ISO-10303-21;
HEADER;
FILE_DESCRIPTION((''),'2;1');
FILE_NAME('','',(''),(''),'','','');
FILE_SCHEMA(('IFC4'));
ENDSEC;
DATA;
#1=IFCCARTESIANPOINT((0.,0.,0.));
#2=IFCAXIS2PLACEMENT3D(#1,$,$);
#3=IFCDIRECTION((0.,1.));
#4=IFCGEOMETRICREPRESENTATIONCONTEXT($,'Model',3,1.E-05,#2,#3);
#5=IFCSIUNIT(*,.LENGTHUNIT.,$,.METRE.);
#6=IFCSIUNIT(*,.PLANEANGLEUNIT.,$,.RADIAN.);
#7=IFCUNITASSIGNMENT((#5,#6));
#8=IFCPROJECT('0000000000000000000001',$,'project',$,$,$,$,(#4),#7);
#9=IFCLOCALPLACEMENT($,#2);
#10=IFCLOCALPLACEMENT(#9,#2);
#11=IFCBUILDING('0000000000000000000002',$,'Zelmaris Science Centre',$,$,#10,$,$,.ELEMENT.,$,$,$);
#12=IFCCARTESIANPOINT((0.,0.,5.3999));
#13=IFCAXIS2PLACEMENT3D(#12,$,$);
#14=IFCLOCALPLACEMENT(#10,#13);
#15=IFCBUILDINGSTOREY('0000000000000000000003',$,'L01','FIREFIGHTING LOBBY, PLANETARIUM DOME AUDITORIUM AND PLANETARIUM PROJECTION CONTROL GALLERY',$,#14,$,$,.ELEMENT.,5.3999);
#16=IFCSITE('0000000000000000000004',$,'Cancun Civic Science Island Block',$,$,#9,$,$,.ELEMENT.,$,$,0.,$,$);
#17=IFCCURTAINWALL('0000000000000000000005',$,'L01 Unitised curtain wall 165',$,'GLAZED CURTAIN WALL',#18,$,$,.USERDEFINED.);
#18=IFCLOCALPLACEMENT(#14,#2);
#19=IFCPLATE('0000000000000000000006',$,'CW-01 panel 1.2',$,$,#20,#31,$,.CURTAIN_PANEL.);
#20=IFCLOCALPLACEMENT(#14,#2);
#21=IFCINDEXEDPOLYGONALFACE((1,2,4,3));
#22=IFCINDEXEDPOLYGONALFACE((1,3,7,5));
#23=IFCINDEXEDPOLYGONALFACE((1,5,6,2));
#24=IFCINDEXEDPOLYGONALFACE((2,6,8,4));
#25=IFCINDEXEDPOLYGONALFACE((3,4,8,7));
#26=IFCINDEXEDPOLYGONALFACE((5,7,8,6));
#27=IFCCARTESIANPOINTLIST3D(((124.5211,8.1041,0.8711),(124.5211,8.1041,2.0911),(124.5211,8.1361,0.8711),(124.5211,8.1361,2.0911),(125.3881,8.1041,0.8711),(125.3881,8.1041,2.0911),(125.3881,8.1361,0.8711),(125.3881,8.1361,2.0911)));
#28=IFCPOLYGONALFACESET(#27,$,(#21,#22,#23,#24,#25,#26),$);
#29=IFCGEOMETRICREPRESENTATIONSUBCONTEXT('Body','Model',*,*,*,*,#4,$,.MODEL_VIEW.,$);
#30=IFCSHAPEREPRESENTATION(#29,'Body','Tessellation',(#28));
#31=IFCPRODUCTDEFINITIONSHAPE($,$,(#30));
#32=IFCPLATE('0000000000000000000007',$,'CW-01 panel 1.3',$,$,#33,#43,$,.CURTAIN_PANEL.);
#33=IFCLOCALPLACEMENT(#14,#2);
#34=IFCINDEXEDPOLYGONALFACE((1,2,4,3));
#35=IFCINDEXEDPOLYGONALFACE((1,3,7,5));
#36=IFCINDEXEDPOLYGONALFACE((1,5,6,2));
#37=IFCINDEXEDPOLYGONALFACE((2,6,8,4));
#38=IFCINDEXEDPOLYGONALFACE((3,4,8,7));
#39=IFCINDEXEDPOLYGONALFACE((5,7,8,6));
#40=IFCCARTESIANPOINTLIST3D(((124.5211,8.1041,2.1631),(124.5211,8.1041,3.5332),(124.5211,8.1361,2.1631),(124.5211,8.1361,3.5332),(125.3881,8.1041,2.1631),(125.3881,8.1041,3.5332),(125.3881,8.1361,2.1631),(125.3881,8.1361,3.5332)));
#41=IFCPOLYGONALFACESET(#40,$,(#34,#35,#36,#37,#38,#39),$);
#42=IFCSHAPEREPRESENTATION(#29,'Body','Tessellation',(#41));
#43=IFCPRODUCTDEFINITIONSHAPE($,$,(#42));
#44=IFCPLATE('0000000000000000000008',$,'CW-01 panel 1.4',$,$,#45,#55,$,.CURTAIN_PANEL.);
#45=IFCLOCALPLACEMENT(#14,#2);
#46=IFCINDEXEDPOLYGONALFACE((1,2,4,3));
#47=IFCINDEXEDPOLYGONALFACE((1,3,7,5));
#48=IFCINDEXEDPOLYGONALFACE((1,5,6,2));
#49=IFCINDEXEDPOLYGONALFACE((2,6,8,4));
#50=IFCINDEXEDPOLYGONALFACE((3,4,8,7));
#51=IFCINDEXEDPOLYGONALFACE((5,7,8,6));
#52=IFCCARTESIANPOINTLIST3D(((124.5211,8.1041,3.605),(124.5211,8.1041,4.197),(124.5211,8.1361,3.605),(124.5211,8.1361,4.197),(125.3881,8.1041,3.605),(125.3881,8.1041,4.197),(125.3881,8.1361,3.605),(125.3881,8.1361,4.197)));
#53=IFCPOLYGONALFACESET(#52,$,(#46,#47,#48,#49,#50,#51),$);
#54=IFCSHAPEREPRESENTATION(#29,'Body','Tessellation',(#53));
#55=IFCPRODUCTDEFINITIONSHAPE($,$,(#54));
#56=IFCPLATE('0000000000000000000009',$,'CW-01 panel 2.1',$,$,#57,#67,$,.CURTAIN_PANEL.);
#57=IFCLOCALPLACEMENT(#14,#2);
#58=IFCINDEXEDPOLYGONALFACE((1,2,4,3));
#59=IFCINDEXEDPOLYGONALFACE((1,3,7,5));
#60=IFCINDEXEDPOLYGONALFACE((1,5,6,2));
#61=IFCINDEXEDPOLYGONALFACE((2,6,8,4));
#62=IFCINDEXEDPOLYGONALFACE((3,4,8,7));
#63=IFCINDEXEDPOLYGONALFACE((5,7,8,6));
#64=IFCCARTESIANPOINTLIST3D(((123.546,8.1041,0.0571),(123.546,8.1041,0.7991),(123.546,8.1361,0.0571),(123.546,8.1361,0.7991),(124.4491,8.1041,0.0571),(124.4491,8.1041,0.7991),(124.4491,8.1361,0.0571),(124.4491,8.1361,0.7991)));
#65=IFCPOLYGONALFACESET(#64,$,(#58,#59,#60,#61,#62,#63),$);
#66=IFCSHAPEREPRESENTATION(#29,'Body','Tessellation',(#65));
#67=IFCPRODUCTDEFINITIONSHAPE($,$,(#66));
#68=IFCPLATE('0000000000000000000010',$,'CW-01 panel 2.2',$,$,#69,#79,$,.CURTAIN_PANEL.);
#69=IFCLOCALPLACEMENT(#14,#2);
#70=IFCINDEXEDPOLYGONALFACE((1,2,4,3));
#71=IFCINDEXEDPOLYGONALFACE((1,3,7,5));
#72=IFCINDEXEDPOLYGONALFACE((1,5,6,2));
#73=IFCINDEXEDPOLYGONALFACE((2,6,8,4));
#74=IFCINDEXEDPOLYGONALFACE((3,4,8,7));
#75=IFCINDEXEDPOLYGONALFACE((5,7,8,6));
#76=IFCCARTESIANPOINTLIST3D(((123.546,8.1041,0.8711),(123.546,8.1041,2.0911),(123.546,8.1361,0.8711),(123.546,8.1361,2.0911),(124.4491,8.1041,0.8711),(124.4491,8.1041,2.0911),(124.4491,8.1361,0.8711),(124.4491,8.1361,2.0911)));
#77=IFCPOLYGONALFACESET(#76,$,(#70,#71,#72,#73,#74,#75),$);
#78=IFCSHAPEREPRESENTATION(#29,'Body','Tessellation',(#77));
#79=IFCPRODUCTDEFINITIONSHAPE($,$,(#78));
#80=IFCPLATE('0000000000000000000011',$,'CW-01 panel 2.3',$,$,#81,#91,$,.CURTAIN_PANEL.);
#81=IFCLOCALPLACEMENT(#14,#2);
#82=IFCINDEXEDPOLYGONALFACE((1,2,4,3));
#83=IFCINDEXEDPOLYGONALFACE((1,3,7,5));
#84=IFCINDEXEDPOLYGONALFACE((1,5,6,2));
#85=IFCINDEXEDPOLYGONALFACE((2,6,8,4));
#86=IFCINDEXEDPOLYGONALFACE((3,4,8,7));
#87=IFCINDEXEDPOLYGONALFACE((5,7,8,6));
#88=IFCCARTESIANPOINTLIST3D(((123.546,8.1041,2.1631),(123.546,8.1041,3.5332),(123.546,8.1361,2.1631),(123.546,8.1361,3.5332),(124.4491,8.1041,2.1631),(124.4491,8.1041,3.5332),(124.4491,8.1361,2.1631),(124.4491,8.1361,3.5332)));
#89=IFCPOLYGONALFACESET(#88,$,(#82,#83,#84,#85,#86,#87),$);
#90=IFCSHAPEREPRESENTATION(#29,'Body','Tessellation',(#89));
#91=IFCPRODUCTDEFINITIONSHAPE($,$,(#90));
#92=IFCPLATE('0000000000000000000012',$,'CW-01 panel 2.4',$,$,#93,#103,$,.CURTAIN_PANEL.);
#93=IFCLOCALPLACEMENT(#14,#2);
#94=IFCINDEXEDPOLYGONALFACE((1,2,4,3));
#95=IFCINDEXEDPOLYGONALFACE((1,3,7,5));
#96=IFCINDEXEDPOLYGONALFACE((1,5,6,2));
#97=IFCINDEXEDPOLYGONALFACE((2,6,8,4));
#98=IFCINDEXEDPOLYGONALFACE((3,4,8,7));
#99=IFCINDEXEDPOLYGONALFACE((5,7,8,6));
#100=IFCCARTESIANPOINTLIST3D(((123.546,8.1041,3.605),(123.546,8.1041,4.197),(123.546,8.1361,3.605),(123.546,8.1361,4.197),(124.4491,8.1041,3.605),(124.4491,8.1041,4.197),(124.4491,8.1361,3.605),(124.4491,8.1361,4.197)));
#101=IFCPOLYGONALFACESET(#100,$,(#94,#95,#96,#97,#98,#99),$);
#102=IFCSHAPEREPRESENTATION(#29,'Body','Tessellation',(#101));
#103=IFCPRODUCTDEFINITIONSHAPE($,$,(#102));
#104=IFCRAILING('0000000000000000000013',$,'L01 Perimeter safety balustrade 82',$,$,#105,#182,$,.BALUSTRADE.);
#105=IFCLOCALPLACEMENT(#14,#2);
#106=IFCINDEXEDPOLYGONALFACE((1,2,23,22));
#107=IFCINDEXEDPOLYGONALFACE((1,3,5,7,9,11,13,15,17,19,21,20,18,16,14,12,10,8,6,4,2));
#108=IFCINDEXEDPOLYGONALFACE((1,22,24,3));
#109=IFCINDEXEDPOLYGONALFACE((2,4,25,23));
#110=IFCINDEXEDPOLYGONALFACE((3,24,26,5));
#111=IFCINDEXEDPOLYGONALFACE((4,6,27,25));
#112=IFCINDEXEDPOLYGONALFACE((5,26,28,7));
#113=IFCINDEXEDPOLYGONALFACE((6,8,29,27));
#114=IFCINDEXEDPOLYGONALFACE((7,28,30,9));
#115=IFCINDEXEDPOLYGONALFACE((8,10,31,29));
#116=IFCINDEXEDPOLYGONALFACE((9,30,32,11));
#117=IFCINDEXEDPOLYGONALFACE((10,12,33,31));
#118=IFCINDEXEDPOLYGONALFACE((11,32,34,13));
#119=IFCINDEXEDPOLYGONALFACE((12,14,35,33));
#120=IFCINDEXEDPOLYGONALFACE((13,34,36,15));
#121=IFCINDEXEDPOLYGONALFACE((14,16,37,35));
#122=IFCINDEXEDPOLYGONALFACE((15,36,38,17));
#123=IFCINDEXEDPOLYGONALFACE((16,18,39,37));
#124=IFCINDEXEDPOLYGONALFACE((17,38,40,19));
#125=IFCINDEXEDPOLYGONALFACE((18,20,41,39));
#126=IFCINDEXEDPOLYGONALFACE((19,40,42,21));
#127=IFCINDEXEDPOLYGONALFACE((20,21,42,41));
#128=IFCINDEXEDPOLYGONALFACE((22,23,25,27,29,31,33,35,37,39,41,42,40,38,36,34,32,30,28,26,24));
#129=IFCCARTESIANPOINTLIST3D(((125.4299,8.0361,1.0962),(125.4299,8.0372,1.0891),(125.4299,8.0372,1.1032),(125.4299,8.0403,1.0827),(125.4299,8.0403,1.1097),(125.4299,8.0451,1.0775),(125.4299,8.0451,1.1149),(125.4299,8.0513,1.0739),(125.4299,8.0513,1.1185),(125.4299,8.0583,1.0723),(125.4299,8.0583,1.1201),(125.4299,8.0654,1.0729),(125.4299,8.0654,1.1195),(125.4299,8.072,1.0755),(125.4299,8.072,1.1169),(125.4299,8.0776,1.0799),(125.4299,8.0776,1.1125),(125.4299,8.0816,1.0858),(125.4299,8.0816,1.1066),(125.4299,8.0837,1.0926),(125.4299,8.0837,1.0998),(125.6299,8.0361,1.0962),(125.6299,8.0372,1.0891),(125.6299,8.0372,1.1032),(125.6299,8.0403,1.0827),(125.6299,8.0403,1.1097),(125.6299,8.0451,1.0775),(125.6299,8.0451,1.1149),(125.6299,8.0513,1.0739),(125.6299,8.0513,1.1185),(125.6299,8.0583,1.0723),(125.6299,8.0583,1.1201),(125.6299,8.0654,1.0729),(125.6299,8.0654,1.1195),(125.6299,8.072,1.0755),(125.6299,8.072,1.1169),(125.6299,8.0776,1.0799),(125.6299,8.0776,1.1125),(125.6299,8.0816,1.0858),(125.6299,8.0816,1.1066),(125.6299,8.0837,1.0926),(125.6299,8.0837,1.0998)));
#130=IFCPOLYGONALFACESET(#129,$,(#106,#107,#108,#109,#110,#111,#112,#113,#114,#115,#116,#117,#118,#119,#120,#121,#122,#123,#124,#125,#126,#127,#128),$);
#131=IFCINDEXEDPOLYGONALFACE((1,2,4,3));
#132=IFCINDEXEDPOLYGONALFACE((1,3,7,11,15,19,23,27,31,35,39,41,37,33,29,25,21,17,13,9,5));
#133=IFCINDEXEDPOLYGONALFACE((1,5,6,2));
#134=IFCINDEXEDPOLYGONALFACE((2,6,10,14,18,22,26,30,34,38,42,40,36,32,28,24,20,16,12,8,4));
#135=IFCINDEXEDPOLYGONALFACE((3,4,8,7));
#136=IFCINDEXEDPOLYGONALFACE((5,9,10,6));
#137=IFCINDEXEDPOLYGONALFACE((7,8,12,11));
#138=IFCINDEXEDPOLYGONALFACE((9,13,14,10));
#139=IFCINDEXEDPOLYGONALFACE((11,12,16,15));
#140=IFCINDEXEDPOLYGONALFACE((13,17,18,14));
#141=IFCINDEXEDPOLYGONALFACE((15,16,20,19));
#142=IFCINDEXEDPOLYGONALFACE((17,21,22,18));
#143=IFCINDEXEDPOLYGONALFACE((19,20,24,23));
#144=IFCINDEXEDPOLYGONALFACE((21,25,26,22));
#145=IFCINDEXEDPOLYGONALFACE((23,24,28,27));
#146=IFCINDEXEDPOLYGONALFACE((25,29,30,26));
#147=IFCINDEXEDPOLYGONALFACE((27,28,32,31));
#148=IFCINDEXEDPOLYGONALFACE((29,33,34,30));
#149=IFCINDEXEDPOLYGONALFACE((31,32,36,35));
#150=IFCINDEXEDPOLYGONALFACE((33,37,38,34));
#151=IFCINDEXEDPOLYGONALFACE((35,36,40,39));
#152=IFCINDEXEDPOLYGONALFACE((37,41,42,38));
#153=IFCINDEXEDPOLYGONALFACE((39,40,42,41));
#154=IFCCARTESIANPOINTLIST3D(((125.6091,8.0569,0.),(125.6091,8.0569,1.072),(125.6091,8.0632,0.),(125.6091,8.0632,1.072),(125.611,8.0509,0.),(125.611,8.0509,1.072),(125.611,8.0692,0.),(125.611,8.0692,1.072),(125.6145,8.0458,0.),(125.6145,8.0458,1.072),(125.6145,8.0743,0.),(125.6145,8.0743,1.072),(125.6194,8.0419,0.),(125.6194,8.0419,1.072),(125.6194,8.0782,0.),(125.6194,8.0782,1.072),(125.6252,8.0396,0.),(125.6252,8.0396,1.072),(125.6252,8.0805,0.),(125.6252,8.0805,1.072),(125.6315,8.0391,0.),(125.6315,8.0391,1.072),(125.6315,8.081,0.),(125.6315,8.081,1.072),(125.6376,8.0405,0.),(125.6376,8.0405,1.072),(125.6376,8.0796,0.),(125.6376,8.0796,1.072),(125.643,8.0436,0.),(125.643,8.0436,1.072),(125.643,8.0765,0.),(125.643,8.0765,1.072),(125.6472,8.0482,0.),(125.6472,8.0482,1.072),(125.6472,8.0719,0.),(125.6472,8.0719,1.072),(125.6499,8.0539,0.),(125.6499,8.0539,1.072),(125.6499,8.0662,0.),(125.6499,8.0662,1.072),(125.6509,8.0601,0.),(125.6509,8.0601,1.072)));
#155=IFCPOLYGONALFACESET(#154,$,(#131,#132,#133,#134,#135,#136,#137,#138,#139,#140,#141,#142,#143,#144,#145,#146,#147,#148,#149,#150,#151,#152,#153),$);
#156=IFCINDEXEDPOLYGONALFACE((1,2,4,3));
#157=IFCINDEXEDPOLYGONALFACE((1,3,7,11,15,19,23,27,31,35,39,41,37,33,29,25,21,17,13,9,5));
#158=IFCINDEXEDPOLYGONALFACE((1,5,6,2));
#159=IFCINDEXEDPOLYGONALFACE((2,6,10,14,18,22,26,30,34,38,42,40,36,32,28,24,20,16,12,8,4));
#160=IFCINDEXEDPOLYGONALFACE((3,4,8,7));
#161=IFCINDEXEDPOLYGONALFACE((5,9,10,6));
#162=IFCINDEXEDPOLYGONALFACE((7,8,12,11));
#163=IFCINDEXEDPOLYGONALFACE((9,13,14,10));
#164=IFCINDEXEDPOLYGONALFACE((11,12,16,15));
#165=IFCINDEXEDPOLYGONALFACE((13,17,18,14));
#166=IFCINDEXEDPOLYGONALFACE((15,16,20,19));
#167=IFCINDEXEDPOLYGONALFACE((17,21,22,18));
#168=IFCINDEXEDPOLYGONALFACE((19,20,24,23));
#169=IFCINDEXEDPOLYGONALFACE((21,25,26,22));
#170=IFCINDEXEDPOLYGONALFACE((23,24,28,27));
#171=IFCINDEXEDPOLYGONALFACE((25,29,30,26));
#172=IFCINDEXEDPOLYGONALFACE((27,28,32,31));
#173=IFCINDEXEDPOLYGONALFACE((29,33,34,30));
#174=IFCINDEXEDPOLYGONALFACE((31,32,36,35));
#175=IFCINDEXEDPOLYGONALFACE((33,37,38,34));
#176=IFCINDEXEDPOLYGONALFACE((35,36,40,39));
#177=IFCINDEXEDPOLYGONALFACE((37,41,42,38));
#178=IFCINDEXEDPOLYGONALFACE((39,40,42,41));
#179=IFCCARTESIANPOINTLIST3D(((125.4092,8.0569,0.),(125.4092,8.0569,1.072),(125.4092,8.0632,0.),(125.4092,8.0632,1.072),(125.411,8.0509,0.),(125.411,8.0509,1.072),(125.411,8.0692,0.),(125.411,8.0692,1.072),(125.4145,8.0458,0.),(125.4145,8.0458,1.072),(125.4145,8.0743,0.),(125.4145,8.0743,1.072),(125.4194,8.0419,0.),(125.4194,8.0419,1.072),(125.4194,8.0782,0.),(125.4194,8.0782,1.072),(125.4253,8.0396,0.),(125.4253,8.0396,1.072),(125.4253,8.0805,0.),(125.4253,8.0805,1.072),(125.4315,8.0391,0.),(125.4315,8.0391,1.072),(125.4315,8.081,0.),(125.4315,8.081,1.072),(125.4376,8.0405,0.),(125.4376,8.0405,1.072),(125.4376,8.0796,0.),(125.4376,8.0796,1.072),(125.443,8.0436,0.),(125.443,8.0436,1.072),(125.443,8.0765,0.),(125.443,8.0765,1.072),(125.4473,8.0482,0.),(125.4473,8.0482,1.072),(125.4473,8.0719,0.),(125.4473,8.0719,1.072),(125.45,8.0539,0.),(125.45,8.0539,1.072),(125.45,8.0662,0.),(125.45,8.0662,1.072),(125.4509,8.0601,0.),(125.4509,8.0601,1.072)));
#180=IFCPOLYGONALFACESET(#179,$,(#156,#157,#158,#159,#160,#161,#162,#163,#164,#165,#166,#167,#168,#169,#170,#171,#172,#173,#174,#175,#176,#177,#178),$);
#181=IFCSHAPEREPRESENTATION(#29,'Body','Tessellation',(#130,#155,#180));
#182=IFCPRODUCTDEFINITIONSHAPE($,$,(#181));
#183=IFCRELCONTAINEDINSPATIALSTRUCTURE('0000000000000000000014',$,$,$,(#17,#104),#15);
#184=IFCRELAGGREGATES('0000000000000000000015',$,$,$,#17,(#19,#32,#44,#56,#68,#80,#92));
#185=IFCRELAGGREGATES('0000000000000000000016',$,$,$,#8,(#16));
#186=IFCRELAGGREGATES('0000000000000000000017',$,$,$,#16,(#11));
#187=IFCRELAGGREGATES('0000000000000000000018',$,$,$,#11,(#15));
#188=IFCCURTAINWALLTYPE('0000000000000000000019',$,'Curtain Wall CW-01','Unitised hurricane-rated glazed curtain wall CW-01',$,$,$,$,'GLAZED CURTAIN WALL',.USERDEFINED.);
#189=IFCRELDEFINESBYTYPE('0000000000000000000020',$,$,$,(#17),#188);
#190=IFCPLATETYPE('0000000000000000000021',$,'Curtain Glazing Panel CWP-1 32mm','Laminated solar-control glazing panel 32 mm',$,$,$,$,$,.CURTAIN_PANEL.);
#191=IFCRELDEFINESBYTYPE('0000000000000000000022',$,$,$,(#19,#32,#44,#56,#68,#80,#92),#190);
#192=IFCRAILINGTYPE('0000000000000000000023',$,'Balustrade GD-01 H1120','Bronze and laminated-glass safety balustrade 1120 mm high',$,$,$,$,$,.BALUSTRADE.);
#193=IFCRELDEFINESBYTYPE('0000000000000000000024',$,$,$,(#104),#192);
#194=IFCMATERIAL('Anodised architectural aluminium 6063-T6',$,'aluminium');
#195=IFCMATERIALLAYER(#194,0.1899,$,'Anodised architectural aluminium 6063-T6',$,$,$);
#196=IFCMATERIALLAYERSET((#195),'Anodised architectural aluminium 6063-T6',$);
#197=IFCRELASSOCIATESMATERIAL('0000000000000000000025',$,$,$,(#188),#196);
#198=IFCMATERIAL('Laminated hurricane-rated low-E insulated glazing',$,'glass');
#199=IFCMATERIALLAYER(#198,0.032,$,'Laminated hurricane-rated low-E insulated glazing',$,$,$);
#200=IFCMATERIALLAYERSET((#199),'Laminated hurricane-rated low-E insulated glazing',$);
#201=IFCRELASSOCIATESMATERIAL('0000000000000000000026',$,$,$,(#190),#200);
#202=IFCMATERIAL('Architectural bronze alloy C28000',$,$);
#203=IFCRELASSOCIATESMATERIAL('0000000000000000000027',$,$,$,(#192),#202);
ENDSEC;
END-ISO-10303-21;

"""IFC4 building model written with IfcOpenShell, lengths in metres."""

from ifc_helpers import new_model, si_unit, direction, frame, origin, origin_2d, place, context, subcontext, project, spatial, rectangle, circle, extrude, material, layer, layer_set, type_object, element, aggregate, save


model = new_model("IFC4")

# Units and contexts
model_context = context("Model", 3, precision=1e-05, world=origin(), true_north=direction((0.0, 1.0)))
body_context = subcontext(model_context, "Body", "Model", "MODEL_VIEW")
ifc_project = project(units=[si_unit("LENGTHUNIT", "METRE"), si_unit("PLANEANGLEUNIT", "RADIAN")], contexts=[model_context])

# Site, building, storey
site_placement = place(None, origin())
site = spatial("IfcSite", under=ifc_project, at=site_placement, Name="Cancun Civic Science Island Block", CompositionType="ELEMENT", RefElevation=0.0)
building_placement = place(site_placement, origin())
building = spatial("IfcBuilding", under=site, at=building_placement, Name="Zelmaris Science Centre", CompositionType="ELEMENT")
storey_placement = place(building_placement, frame((0.0, 0.0, 5.3999)))
storey = spatial("IfcBuildingStorey", under=building, at=storey_placement, Name="L01", Description="FIREFIGHTING LOBBY, PLANETARIUM DOME AUDITORIUM AND PLANETARIUM PROJECTION CONTROL GALLERY", CompositionType="ELEMENT", Elevation=5.3999)

# Curtain wall
ifc_material_1 = material(Name="Anodised architectural aluminium 6063-T6", Category="aluminium")
ifc_layer_1 = layer(ifc_material_1, 0.1899, Name="Anodised architectural aluminium 6063-T6")
ifc_layer_set_1 = layer_set([ifc_layer_1], Name="Anodised architectural aluminium 6063-T6")
curtain_wall_type = type_object("IfcCurtainWallType", Name="Curtain Wall CW-01", Description="Unitised hurricane-rated glazed curtain wall CW-01", ElementType="GLAZED CURTAIN WALL", PredefinedType="USERDEFINED", material=ifc_layer_set_1)
curtain_wall_placement = place(storey_placement, origin())
curtain_wall = element("IfcCurtainWall", 1, at=curtain_wall_placement, inside=storey, type_object=curtain_wall_type, Name="L01 Unitised curtain wall 165", ObjectType="GLAZED CURTAIN WALL", PredefinedType="USERDEFINED")

# Plates
ifc_material_2 = material(Name="Laminated hurricane-rated low-E insulated glazing", Category="glass")
ifc_layer_2 = layer(ifc_material_2, 0.032, Name="Laminated hurricane-rated low-E insulated glazing")
ifc_layer_set_2 = layer_set([ifc_layer_2], Name="Laminated hurricane-rated low-E insulated glazing")
plate_type = type_object("IfcPlateType", Name="Curtain Glazing Panel CWP-1 32mm", Description="Laminated solar-control glazing panel 32 mm", PredefinedType="CURTAIN_PANEL", material=ifc_layer_set_2)
plate_1_placement = place(storey_placement, frame((124.9546, 8.1201, 0.8711), z_axis=(0.0, 0.0, 1.0), x_axis=(-1.0, 0.0, 0.0)))
plate_1 = element("IfcPlate", 2, at=plate_1_placement, type_object=plate_type, Name="CW-01 panel 1.2", PredefinedType="CURTAIN_PANEL", context=body_context, shape_type="SweptSolid", body=[
    extrude(rectangle(XDim=0.8669, YDim=0.032, at=origin_2d()), origin(), (0.0, 0.0, 1.0), 1.22),
])
plate_2_placement = place(storey_placement, frame((124.9546, 8.1201, 2.1631), z_axis=(0.0, 0.0, 1.0), x_axis=(-1.0, 0.0, 0.0)))
plate_2 = element("IfcPlate", 3, at=plate_2_placement, type_object=plate_type, Name="CW-01 panel 1.3", PredefinedType="CURTAIN_PANEL", context=body_context, shape_type="SweptSolid", body=[
    extrude(rectangle(XDim=0.8669, YDim=0.032, at=origin_2d()), origin(), (0.0, 0.0, 1.0), 1.3701),
])
plate_3_placement = place(storey_placement, frame((124.9546, 8.1201, 3.605), z_axis=(0.0, 0.0, 1.0), x_axis=(-1.0, 0.0, 0.0)))
plate_3 = element("IfcPlate", 4, at=plate_3_placement, type_object=plate_type, Name="CW-01 panel 1.4", PredefinedType="CURTAIN_PANEL", context=body_context, shape_type="SweptSolid", body=[
    extrude(rectangle(XDim=0.8669, YDim=0.032, at=origin_2d()), origin(), (0.0, 0.0, 1.0), 0.592),
])
plate_4_placement = place(storey_placement, frame((123.9976, 8.1201, 0.0571), z_axis=(0.0, 0.0, 1.0), x_axis=(-1.0, 0.0, 0.0)))
plate_4 = element("IfcPlate", 5, at=plate_4_placement, type_object=plate_type, Name="CW-01 panel 2.1", PredefinedType="CURTAIN_PANEL", context=body_context, shape_type="SweptSolid", body=[
    extrude(rectangle(XDim=0.9031, YDim=0.032, at=origin_2d()), origin(), (0.0, 0.0, 1.0), 0.7419),
])
plate_5_placement = place(storey_placement, frame((123.9976, 8.1201, 0.8711), z_axis=(0.0, 0.0, 1.0), x_axis=(-1.0, 0.0, 0.0)))
plate_5 = element("IfcPlate", 6, at=plate_5_placement, type_object=plate_type, Name="CW-01 panel 2.2", PredefinedType="CURTAIN_PANEL", context=body_context, shape_type="SweptSolid", body=[
    extrude(rectangle(XDim=0.9031, YDim=0.032, at=origin_2d()), origin(), (0.0, 0.0, 1.0), 1.22),
])
plate_6_placement = place(storey_placement, frame((123.9976, 8.1201, 2.1631), z_axis=(0.0, 0.0, 1.0), x_axis=(-1.0, 0.0, 0.0)))
plate_6 = element("IfcPlate", 7, at=plate_6_placement, type_object=plate_type, Name="CW-01 panel 2.3", PredefinedType="CURTAIN_PANEL", context=body_context, shape_type="SweptSolid", body=[
    extrude(rectangle(XDim=0.9031, YDim=0.032, at=origin_2d()), origin(), (0.0, 0.0, 1.0), 1.3701),
])
plate_7_placement = place(storey_placement, frame((123.9976, 8.1201, 3.605), z_axis=(0.0, 0.0, 1.0), x_axis=(-1.0, 0.0, 0.0)))
plate_7 = element("IfcPlate", 8, at=plate_7_placement, type_object=plate_type, Name="CW-01 panel 2.4", PredefinedType="CURTAIN_PANEL", context=body_context, shape_type="SweptSolid", body=[
    extrude(rectangle(XDim=0.9031, YDim=0.032, at=origin_2d()), origin(), (0.0, 0.0, 1.0), 0.592),
])
aggregate(curtain_wall, [plate_1, plate_2, plate_3, plate_4, plate_5, plate_6, plate_7])

# Railing
ifc_material_3 = material(Name="Architectural bronze alloy C28000")
railing_type = type_object("IfcRailingType", Name="Balustrade GD-01 H1120", Description="Bronze and laminated-glass safety balustrade 1120 mm high", PredefinedType="BALUSTRADE", material=ifc_material_3)
railing_placement = place(storey_placement, frame((125.6299, 8.0601, 0.0)))
element("IfcRailing", 9, at=railing_placement, inside=storey, type_object=railing_type, Name="L01 Perimeter safety balustrade 82", PredefinedType="BALUSTRADE", context=body_context, shape_type="SweptSolid", body=[
    extrude(circle(Radius=0.0239, at=origin_2d()), frame((0.0, 0.0, 1.0962), z_axis=(-1.0, 0.0, 0.0), x_axis=(0.0, -1.0, 0.0)), (0.0, 0.0, 1.0), 0.2),
    extrude(circle(Radius=0.021, at=origin_2d()), origin(), (0.0, 0.0, 1.0), 1.072),
    extrude(circle(Radius=0.021, at=origin_2d()), frame((-0.2, 0.0, 0.0)), (0.0, 0.0, 1.0), 1.072),
])

save(model, "model.ifc")
